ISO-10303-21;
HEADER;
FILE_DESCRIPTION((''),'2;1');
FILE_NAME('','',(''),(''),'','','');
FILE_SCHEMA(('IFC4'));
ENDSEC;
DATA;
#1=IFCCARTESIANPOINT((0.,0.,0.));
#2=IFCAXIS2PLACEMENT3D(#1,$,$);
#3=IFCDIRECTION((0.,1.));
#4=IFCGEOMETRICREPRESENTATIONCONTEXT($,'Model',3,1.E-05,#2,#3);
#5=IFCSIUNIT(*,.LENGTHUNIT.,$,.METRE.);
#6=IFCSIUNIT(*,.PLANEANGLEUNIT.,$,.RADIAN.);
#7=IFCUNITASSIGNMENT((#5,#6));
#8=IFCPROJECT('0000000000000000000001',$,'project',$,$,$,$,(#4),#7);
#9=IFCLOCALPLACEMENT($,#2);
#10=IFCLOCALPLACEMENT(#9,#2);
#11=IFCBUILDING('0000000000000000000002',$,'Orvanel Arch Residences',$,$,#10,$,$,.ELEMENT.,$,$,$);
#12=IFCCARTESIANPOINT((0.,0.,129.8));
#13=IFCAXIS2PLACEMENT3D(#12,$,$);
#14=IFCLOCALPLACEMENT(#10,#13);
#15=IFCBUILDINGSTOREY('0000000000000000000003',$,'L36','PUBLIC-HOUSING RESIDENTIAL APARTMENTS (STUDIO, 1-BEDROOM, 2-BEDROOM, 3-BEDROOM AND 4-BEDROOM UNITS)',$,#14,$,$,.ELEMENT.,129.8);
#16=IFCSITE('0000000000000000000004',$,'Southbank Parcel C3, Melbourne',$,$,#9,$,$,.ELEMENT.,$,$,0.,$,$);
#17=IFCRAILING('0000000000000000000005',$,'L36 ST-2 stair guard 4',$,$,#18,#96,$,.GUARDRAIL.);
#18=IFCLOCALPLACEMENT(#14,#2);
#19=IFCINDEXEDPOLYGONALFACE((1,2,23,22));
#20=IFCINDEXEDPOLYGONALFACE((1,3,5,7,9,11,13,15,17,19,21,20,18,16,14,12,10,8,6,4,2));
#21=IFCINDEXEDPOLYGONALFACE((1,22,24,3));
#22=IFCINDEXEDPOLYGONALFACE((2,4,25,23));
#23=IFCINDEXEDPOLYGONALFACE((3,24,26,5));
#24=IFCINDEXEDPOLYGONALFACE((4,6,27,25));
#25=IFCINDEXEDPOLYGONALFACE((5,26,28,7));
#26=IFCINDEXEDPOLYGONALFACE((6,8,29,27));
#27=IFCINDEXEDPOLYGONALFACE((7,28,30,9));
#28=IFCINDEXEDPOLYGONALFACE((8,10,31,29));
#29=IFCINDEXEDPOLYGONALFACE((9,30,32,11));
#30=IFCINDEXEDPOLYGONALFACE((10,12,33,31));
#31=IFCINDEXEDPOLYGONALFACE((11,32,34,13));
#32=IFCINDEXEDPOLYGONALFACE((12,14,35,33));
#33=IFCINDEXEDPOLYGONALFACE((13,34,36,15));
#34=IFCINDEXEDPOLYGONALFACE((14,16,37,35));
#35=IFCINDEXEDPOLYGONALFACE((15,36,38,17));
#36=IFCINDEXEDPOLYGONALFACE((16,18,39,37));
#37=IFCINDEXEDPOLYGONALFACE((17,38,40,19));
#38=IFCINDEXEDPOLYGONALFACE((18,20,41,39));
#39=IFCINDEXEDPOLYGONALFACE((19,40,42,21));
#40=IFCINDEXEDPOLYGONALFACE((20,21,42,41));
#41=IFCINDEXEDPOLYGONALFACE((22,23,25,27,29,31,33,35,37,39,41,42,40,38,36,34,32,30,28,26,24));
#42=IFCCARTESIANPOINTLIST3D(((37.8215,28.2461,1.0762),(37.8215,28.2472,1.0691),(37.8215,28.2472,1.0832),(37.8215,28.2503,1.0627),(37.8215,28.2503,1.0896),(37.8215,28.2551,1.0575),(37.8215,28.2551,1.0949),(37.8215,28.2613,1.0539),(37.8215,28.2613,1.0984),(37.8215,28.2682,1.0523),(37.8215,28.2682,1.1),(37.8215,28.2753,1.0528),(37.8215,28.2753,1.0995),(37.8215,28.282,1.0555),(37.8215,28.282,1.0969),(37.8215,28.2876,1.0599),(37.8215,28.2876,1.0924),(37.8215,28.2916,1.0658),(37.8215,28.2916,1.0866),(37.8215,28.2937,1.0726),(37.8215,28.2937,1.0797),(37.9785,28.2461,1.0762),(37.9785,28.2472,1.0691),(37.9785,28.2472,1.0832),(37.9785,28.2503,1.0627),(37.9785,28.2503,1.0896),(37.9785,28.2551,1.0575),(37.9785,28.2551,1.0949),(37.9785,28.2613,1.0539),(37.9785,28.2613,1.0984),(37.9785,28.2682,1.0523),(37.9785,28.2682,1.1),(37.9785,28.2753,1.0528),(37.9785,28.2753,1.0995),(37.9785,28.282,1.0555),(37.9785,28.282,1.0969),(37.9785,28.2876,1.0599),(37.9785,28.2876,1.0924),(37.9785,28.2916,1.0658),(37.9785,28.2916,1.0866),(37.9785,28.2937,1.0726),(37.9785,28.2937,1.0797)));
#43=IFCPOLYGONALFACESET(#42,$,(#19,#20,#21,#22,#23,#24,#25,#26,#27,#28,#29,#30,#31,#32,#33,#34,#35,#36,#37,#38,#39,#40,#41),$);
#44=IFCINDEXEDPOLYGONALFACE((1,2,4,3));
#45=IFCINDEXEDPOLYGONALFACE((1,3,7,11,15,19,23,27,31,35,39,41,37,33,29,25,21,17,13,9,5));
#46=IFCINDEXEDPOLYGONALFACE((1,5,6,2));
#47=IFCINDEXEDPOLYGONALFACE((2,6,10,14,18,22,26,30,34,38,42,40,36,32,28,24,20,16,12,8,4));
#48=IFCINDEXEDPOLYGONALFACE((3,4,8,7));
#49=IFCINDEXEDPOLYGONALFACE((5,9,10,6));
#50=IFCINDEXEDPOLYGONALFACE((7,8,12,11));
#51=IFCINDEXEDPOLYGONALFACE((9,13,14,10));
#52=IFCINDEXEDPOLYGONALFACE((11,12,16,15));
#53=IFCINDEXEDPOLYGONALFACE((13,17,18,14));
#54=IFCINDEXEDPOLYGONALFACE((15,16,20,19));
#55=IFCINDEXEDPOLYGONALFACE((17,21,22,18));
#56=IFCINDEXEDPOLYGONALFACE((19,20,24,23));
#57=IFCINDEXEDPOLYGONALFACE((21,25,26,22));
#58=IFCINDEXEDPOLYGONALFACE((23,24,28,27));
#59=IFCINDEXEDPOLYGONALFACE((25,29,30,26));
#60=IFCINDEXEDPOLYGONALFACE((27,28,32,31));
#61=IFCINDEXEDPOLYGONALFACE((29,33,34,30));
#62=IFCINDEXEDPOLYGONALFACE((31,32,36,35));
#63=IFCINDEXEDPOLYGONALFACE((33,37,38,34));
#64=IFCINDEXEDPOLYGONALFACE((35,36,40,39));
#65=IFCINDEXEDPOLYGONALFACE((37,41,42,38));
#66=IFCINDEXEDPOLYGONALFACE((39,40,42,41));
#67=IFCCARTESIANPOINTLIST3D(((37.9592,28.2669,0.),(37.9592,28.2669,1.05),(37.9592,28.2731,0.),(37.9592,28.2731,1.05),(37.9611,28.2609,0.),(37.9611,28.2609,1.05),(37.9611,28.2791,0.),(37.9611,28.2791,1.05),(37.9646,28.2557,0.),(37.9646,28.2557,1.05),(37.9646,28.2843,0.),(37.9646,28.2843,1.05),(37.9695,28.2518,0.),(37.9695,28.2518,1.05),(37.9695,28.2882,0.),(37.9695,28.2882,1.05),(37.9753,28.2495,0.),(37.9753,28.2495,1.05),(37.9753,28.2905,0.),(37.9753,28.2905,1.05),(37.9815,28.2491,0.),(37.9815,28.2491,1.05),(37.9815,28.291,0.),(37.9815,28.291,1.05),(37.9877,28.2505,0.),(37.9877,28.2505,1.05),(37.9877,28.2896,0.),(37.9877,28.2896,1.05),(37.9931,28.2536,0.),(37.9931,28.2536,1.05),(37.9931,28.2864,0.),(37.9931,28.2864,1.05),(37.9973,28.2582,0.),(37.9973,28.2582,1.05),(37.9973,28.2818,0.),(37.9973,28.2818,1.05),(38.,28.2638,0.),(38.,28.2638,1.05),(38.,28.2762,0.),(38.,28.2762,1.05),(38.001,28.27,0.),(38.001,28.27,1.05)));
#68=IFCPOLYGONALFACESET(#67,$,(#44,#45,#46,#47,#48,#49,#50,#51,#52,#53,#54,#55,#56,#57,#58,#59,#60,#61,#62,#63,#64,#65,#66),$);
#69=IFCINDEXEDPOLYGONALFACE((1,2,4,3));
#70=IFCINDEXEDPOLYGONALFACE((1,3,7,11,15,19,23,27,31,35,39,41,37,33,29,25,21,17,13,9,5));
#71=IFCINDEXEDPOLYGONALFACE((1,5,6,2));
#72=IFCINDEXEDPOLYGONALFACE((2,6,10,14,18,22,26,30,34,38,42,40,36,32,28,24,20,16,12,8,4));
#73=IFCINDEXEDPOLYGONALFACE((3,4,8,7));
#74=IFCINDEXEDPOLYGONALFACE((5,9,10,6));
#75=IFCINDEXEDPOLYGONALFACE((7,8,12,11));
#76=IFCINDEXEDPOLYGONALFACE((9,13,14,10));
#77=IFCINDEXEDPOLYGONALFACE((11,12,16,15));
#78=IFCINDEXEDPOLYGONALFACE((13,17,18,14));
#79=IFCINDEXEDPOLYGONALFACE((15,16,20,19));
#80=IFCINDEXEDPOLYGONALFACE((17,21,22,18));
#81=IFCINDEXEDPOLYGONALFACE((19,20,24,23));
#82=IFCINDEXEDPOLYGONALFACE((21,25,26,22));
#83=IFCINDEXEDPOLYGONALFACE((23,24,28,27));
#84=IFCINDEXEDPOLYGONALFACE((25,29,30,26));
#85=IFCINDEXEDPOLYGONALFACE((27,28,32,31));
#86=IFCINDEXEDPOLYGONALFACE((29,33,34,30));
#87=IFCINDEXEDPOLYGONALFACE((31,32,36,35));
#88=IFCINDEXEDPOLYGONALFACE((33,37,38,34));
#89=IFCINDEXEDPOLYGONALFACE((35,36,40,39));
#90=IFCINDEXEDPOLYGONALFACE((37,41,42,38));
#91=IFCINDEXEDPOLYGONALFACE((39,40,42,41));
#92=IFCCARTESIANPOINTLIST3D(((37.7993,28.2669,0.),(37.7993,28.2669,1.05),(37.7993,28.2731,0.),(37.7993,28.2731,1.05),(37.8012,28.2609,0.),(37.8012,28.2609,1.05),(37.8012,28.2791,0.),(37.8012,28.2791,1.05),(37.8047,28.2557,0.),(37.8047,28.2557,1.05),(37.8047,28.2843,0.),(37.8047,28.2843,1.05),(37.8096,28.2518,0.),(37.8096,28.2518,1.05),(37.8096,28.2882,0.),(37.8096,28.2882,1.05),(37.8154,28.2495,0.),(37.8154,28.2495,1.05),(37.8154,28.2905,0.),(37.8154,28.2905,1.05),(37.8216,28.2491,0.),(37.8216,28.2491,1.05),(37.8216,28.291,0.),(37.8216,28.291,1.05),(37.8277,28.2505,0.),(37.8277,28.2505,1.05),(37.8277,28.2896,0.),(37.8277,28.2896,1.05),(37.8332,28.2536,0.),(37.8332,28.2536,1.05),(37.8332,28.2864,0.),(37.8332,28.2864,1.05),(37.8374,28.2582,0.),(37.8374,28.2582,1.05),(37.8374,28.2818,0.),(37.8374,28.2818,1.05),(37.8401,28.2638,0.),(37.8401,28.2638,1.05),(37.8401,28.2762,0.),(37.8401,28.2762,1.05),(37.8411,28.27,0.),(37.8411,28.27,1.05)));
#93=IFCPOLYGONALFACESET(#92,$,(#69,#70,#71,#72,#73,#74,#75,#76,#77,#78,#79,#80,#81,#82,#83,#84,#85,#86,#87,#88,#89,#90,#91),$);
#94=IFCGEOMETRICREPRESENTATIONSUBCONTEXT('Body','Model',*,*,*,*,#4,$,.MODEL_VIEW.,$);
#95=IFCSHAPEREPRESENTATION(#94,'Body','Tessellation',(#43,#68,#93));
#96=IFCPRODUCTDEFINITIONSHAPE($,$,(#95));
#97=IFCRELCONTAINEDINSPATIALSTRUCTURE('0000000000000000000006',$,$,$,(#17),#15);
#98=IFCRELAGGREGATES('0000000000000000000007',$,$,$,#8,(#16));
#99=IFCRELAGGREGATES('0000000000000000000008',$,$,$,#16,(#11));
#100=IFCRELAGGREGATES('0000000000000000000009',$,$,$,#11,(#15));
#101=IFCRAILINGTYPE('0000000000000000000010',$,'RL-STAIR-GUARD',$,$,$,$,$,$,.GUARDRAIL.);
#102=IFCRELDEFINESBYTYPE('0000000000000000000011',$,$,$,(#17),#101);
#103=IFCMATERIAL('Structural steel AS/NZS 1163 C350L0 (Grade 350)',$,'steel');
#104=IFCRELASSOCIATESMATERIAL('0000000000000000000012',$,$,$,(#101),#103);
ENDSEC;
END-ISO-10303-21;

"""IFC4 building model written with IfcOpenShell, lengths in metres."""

from ifc_helpers import new_model, si_unit, direction, frame, origin, origin_2d, place, context, subcontext, project, spatial, circle, extrude, material, type_object, element, save


model = new_model("IFC4")

# Units and contexts
model_context = context("Model", 3, precision=1e-05, world=origin(), true_north=direction((0.0, 1.0)))
body_context = subcontext(model_context, "Body", "Model", "MODEL_VIEW")
ifc_project = project(units=[si_unit("LENGTHUNIT", "METRE"), si_unit("PLANEANGLEUNIT", "RADIAN")], contexts=[model_context])

# Site, building, storey
site_placement = place(None, origin())
site = spatial("IfcSite", under=ifc_project, at=site_placement, Name="Southbank Parcel C3, Melbourne", CompositionType="ELEMENT", RefElevation=0.0)
building_placement = place(site_placement, origin())
building = spatial("IfcBuilding", under=site, at=building_placement, Name="Orvanel Arch Residences", CompositionType="ELEMENT")
storey_placement = place(building_placement, frame((0.0, 0.0, 129.8)))
storey = spatial("IfcBuildingStorey", under=building, at=storey_placement, Name="L36", Description="PUBLIC-HOUSING RESIDENTIAL APARTMENTS (STUDIO, 1-BEDROOM, 2-BEDROOM, 3-BEDROOM AND 4-BEDROOM UNITS)", CompositionType="ELEMENT", Elevation=129.8)

# Railing
ifc_material_1 = material(Name="Structural steel AS/NZS 1163 C350L0 (Grade 350)", Category="steel")
railing_type_1 = type_object("IfcRailingType", Name="RL-STAIR-GUARD", PredefinedType="GUARDRAIL", material=ifc_material_1)
railing_1_placement = place(storey_placement, frame((37.98, 28.27, 0.0)))
element("IfcRailing", 1, at=railing_1_placement, inside=storey, type_object=railing_type_1, Name="L36 ST-2 stair guard 4", PredefinedType="GUARDRAIL", context=body_context, shape_type="SweptSolid", body=[
    extrude(circle(Radius=0.0239, at=origin_2d()), frame((-0.0015, 0.0, 1.0762), z_axis=(-1.0, 0.0, 0.0), x_axis=(0.0, -1.0, 0.0)), (0.0, 0.0, 1.0), 0.157),
    extrude(circle(Radius=0.021, at=origin_2d()), origin(), (0.0, 0.0, 1.0), 1.05),
    extrude(circle(Radius=0.021, at=origin_2d()), frame((-0.1599, 0.0, 0.0)), (0.0, 0.0, 1.0), 1.05),
])

save(model, "model.ifc")
